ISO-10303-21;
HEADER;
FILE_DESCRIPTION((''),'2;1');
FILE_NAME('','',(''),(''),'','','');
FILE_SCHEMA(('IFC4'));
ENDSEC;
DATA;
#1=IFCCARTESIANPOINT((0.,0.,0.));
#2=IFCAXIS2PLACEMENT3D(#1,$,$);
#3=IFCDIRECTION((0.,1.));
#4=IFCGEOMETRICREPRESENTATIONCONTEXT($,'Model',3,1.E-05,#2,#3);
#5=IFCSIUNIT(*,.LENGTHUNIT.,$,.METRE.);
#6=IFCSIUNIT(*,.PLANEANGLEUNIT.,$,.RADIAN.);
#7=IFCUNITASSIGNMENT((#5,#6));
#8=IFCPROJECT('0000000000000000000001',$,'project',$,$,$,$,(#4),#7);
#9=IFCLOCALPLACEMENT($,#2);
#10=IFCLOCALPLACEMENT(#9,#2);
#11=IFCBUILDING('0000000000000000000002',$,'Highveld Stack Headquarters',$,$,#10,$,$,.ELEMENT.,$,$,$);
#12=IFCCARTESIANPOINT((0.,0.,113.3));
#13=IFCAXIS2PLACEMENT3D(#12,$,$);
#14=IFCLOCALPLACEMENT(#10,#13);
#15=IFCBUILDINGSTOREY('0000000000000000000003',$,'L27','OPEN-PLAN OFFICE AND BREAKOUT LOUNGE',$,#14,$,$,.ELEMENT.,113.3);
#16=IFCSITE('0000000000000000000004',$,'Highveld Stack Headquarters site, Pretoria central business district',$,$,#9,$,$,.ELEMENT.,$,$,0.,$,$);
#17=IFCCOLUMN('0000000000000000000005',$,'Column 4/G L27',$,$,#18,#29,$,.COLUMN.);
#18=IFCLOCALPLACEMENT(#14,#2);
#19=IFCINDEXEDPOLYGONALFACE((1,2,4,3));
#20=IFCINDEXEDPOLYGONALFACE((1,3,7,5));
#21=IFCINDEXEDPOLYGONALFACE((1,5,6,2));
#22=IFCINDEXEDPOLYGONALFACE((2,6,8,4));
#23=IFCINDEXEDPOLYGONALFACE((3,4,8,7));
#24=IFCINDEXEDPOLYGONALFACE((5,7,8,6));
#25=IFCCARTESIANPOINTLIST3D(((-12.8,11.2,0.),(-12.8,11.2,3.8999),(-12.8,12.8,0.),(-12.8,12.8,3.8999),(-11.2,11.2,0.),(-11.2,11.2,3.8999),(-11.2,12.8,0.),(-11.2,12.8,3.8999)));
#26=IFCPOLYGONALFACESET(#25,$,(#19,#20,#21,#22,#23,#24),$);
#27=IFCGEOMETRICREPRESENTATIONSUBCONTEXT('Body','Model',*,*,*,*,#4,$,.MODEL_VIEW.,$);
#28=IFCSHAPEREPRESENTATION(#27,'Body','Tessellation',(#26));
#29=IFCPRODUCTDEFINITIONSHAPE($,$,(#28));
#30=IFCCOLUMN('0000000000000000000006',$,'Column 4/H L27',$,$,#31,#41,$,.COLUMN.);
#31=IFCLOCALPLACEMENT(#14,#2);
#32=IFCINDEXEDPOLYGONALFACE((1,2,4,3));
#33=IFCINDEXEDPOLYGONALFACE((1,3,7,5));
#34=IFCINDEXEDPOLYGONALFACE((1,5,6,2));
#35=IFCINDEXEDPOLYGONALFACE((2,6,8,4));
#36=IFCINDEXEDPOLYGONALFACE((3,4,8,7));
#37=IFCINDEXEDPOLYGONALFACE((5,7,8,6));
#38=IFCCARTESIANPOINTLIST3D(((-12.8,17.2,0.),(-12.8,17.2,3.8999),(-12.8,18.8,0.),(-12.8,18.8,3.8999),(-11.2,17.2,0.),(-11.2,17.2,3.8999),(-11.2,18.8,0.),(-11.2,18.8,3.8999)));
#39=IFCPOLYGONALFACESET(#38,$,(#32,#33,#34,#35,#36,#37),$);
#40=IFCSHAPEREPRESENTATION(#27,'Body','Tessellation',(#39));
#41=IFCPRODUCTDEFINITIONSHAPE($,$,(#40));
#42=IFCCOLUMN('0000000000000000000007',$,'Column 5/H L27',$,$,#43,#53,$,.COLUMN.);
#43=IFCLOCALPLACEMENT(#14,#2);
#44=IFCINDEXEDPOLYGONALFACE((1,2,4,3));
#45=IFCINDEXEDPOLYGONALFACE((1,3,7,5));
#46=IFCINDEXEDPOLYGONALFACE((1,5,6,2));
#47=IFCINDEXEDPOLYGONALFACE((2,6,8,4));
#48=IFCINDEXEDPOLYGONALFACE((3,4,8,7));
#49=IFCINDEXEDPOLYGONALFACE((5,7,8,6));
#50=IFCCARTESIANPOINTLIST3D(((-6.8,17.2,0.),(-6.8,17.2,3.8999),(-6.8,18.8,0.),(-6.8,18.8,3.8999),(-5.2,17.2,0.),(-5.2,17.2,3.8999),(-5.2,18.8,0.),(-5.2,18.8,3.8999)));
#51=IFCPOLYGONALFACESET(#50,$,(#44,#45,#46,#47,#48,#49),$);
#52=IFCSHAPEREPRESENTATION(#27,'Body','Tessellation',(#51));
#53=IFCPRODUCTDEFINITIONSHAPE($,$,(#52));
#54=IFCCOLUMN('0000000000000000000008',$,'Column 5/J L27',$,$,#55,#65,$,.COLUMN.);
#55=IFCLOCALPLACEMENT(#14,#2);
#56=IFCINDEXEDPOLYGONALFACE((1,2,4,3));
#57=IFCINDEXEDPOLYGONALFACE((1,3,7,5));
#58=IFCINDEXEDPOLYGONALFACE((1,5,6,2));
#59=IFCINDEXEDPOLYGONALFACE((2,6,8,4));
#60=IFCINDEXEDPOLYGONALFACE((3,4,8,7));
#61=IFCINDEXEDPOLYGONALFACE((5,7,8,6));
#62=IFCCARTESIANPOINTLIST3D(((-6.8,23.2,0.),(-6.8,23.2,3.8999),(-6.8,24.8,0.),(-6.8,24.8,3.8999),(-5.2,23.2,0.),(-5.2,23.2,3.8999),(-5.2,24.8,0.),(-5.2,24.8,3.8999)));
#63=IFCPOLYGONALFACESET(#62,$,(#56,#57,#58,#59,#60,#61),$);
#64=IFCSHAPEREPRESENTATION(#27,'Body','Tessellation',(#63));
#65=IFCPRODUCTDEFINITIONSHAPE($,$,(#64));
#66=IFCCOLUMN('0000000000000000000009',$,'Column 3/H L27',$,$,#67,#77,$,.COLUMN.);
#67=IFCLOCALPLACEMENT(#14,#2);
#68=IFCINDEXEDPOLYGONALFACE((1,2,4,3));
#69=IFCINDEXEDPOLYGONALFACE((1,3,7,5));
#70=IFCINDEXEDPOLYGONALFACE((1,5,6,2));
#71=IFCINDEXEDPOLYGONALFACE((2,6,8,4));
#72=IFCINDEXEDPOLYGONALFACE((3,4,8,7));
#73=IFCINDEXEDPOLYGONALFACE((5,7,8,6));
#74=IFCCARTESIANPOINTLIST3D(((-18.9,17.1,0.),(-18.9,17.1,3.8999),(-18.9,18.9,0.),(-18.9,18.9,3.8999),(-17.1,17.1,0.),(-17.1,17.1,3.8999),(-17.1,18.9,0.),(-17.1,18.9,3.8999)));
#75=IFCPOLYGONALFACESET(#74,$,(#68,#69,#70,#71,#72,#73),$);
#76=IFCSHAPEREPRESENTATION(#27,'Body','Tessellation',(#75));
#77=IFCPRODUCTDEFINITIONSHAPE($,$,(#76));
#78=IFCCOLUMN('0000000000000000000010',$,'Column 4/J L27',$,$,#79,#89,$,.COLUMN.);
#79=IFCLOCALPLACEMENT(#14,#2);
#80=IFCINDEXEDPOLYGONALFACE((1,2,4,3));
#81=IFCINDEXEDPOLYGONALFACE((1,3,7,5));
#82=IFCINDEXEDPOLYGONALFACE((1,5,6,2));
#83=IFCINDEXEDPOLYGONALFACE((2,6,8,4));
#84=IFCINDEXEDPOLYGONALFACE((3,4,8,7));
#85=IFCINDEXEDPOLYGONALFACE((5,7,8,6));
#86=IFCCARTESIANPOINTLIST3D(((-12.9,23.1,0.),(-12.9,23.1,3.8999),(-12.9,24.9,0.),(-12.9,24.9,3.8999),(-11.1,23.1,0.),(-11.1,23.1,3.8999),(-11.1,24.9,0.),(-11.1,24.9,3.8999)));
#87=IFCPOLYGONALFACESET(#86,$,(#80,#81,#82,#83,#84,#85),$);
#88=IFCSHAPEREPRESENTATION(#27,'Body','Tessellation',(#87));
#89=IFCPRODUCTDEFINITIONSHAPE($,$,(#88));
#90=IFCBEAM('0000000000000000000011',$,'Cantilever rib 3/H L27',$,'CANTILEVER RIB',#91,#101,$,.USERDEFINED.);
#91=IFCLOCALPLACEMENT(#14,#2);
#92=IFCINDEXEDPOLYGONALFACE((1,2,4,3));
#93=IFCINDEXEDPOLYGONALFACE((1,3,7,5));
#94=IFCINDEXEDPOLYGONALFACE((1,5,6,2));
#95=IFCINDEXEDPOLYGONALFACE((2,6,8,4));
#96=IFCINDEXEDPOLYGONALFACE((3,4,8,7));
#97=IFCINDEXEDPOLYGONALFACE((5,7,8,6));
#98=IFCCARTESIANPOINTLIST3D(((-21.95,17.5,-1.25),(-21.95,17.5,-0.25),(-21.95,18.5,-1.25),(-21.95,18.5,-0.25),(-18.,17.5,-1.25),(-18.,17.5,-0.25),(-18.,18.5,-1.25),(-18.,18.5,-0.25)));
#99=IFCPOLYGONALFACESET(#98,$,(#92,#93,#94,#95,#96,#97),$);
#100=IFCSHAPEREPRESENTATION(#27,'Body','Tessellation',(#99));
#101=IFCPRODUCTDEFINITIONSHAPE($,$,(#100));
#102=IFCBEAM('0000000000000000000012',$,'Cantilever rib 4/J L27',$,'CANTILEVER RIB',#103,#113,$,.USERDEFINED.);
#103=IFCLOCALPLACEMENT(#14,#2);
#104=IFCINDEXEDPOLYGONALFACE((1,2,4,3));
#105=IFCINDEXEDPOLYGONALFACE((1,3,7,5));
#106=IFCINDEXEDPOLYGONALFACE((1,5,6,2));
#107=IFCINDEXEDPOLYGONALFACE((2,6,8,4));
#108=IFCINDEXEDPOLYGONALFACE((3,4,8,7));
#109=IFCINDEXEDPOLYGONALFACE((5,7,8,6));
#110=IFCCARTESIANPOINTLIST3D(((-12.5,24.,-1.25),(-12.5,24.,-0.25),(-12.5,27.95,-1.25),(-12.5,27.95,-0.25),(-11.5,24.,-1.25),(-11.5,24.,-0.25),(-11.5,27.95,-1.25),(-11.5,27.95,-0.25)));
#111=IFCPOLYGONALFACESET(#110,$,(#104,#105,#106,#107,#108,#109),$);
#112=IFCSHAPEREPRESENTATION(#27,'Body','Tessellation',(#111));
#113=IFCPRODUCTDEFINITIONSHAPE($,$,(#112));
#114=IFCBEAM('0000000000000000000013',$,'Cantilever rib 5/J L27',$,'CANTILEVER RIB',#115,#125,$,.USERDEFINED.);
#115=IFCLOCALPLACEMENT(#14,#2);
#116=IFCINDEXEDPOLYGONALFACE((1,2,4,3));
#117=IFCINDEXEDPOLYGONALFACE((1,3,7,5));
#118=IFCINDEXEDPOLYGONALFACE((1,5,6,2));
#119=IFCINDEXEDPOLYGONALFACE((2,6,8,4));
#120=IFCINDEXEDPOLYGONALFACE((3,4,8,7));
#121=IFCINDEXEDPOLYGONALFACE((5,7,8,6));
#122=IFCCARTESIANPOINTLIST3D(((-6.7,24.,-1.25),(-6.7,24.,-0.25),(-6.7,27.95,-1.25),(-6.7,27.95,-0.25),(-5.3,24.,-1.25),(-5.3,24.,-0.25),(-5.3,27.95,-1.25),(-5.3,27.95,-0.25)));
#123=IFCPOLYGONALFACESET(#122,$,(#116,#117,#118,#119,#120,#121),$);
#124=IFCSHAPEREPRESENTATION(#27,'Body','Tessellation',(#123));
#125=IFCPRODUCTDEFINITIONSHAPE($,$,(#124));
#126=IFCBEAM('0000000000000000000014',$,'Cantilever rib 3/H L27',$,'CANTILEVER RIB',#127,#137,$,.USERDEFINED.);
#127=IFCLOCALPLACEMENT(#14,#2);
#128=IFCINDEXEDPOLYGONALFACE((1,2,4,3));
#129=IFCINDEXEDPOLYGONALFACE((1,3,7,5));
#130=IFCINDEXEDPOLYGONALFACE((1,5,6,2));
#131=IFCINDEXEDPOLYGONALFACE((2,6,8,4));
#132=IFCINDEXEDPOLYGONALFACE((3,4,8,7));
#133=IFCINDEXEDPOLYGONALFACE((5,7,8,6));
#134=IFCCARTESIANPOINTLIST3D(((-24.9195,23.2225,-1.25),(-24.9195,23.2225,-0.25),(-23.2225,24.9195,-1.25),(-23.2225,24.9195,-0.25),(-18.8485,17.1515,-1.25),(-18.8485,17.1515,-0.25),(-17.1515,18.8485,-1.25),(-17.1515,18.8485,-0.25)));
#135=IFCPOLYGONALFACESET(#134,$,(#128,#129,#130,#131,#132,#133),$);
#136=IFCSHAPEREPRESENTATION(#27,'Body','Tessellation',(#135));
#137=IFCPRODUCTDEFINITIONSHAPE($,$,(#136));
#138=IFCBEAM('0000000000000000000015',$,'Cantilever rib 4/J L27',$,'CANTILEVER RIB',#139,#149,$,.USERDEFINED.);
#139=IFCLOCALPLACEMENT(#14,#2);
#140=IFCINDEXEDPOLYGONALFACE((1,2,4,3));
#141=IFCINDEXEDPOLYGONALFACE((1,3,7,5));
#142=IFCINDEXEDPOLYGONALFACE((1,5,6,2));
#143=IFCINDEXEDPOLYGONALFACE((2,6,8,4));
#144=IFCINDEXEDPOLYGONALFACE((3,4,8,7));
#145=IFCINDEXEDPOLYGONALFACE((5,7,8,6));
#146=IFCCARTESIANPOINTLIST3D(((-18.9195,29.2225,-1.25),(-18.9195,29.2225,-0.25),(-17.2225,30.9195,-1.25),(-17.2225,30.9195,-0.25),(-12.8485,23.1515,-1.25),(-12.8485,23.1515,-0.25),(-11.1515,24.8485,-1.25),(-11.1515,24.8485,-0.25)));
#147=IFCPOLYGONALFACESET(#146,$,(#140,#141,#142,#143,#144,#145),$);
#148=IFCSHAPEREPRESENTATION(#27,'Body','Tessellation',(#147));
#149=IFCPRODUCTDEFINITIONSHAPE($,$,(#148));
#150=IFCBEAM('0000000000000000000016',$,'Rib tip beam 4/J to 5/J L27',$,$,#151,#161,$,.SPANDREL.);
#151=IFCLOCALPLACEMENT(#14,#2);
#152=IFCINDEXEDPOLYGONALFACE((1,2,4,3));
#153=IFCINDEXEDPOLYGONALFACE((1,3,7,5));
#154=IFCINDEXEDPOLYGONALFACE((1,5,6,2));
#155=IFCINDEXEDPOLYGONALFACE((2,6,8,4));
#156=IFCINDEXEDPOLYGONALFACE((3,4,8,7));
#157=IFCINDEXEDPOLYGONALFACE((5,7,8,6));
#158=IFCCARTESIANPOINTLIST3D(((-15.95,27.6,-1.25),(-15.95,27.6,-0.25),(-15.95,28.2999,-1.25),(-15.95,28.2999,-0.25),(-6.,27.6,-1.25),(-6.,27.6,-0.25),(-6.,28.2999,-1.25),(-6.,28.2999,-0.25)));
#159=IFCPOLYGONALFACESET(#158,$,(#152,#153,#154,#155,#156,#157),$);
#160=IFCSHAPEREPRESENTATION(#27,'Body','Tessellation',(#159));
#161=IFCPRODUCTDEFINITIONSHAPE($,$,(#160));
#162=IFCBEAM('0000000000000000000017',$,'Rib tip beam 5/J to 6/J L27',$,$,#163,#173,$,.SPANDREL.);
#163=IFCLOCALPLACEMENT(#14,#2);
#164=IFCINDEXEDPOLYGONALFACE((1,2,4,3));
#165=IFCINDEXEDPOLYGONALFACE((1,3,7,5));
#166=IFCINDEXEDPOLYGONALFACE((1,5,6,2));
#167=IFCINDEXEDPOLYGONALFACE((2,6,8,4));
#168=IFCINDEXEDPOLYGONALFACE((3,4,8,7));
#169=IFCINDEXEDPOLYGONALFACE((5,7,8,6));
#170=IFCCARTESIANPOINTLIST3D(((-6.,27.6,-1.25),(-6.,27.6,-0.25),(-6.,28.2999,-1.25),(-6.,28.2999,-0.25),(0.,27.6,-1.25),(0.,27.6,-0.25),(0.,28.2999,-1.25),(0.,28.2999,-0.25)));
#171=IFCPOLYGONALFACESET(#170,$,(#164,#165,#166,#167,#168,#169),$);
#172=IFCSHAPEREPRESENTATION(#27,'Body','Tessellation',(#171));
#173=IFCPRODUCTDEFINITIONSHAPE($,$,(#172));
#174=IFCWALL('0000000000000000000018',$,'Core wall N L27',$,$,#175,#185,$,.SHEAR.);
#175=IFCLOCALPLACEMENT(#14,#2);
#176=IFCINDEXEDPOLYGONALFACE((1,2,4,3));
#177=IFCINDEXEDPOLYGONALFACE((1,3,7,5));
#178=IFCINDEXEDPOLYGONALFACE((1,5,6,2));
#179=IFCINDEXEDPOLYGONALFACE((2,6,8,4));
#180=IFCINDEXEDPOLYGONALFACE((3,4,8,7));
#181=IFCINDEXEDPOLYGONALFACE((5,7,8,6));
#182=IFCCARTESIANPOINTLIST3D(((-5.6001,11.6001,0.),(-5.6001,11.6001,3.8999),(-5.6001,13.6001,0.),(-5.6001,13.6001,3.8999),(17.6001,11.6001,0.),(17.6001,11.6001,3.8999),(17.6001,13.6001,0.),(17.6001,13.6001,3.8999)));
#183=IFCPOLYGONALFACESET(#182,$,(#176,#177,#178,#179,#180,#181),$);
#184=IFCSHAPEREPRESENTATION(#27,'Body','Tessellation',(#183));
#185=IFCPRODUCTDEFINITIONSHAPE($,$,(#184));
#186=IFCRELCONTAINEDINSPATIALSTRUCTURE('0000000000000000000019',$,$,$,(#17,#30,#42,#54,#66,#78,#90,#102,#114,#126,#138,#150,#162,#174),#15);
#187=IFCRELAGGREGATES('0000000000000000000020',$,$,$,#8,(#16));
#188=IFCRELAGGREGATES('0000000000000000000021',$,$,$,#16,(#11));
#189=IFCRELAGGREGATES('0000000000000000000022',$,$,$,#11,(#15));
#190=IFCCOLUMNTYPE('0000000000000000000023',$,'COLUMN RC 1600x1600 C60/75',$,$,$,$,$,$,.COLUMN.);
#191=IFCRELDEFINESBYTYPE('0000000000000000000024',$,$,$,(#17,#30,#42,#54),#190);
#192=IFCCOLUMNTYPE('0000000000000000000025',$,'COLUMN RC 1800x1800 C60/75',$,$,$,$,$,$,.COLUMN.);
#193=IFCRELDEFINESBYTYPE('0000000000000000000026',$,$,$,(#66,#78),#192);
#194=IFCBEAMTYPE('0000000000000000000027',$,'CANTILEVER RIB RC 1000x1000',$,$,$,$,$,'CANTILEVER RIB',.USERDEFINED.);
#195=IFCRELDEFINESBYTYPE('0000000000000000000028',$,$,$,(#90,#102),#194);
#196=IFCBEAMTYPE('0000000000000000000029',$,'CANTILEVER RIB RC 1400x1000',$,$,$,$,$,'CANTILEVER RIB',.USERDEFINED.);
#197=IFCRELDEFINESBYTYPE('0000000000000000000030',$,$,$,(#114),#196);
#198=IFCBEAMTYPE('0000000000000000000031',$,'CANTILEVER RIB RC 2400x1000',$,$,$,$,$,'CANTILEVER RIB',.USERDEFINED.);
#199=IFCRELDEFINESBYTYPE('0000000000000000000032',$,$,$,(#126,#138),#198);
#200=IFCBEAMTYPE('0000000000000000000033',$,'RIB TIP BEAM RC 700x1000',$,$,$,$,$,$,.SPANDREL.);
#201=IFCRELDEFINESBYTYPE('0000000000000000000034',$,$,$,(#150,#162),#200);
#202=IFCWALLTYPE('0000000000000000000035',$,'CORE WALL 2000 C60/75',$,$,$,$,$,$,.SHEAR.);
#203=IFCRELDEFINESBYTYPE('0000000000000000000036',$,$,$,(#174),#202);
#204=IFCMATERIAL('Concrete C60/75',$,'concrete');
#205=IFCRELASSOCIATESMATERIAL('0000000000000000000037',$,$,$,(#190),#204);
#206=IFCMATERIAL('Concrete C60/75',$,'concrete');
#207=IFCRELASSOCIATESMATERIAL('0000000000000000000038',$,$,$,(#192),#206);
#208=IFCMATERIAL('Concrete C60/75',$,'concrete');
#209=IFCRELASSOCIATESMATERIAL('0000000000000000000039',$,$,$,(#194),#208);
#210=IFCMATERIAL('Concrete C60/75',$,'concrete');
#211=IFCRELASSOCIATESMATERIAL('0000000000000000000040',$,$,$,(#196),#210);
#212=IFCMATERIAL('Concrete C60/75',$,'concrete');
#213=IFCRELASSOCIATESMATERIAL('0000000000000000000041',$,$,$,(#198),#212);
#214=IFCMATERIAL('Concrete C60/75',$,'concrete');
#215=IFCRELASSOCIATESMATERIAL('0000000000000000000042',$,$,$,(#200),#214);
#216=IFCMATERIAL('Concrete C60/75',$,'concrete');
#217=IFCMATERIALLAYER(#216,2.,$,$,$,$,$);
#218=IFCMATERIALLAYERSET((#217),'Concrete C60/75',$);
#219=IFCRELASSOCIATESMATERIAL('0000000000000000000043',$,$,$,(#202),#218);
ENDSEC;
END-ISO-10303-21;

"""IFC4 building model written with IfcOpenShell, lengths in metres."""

from ifc_helpers import new_model, si_unit, direction, frame, frame_2d, origin, origin_2d, place, context, subcontext, project, spatial, rectangle, extrude, material, layer, layer_set, material_profile, profile_set, type_object, element, save


model = new_model("IFC4")

# Units and contexts
model_context = context("Model", 3, precision=1e-05, world=origin(), true_north=direction((0.0, 1.0)))
body_context = subcontext(model_context, "Body", "Model", "MODEL_VIEW")
ifc_project = project(units=[si_unit("LENGTHUNIT", "METRE"), si_unit("PLANEANGLEUNIT", "RADIAN")], contexts=[model_context])

# Site, building, storey
site_placement = place(None, origin())
site = spatial("IfcSite", under=ifc_project, at=site_placement, Name="Highveld Stack Headquarters site, Pretoria central business district", CompositionType="ELEMENT", RefElevation=0.0)
building_placement = place(site_placement, origin())
building = spatial("IfcBuilding", under=site, at=building_placement, Name="Highveld Stack Headquarters", CompositionType="ELEMENT")
storey_placement = place(building_placement, frame((0.0, 0.0, 113.3)))
storey = spatial("IfcBuildingStorey", under=building, at=storey_placement, Name="L27", Description="OPEN-PLAN OFFICE AND BREAKOUT LOUNGE", CompositionType="ELEMENT", Elevation=113.3)

# Columns
ifc_material_1 = material(Name="Concrete C60/75", Category="concrete")
ifc_material_profile_1 = material_profile(ifc_material_1, rectangle(XDim=1.6001, YDim=1.6001, at=origin_2d()), Name="RC 1600x1600")
ifc_profile_set_1 = profile_set([ifc_material_profile_1], Name="Concrete C60/75")
column_type_1 = type_object("IfcColumnType", Name="COLUMN RC 1600x1600 C60/75", PredefinedType="COLUMN", material=ifc_profile_set_1)
for number, where, z_axis, x_axis, name in (
    (1, (-12.0, 12.0, 0.0), (0.0, 0.0, 1.0), (1.0, 0.0, 0.0), "Column 4/G L27"),
    (2, (-12.0, 18.0, 0.0), (0.0, 0.0, 1.0), (1.0, 0.0, 0.0), "Column 4/H L27"),
    (3, (-6.0, 18.0, 0.0), (0.0, 0.0, 1.0), (1.0, 0.0, 0.0), "Column 5/H L27"),
    (4, (-6.0, 24.0, 0.0), (0.0, 0.0, 1.0), (1.0, 0.0, 0.0), "Column 5/J L27"),
):
    element("IfcColumn", number, at=place(storey_placement, frame(where, z_axis=z_axis, x_axis=x_axis)), inside=storey, type_object=column_type_1, Name=name, PredefinedType="COLUMN", context=body_context, shape_type="SweptSolid", body=[
        extrude(rectangle(XDim=1.6001, YDim=1.6001, at=origin_2d()), origin(), (0.0, 0.0, 1.0), 3.8999),
    ])
ifc_material_2 = material(Name="Concrete C60/75", Category="concrete")
ifc_material_profile_2 = material_profile(ifc_material_2, rectangle(XDim=1.8, YDim=1.8, at=origin_2d()), Name="RC 1800x1800")
ifc_profile_set_2 = profile_set([ifc_material_profile_2], Name="Concrete C60/75")
column_type_2 = type_object("IfcColumnType", Name="COLUMN RC 1800x1800 C60/75", PredefinedType="COLUMN", material=ifc_profile_set_2)
for number, where, z_axis, x_axis, name in (
    (5, (-18.0, 18.0, 0.0), (0.0, 0.0, 1.0), (1.0, 0.0, 0.0), "Column 3/H L27"),
    (6, (-12.0, 24.0, 0.0), (0.0, 0.0, 1.0), (1.0, 0.0, 0.0), "Column 4/J L27"),
):
    element("IfcColumn", number, at=place(storey_placement, frame(where, z_axis=z_axis, x_axis=x_axis)), inside=storey, type_object=column_type_2, Name=name, PredefinedType="COLUMN", context=body_context, shape_type="SweptSolid", body=[
        extrude(rectangle(XDim=1.8, YDim=1.8, at=origin_2d()), origin(), (0.0, 0.0, 1.0), 3.8999),
    ])

# Beams
ifc_material_3 = material(Name="Concrete C60/75", Category="concrete")
ifc_material_profile_3 = material_profile(ifc_material_3, rectangle(XDim=1.0, YDim=1.0, at=origin_2d()), Name="RC 1000x1000")
ifc_profile_set_3 = profile_set([ifc_material_profile_3], Name="Concrete C60/75")
beam_type_1 = type_object("IfcBeamType", Name="CANTILEVER RIB RC 1000x1000", ElementType="CANTILEVER RIB", PredefinedType="USERDEFINED", material=ifc_profile_set_3)
for number, where, z_axis, x_axis, name in (
    (7, (-18.0, 18.0, -0.75), (-1.0, 0.0, 0.0), (0.0, -1.0, 0.0), "Cantilever rib 3/H L27"),
    (8, (-12.0, 24.0, -0.75), (0.0, 1.0, 0.0), (-1.0, 0.0, 0.0), "Cantilever rib 4/J L27"),
):
    element("IfcBeam", number, at=place(storey_placement, frame(where, z_axis=z_axis, x_axis=x_axis)), inside=storey, type_object=beam_type_1, Name=name, ObjectType="CANTILEVER RIB", PredefinedType="USERDEFINED", context=body_context, shape_type="SweptSolid", body=[
        extrude(rectangle(XDim=1.0, YDim=1.0, at=origin_2d()), origin(), (0.0, 0.0, 1.0), 3.95),
    ])
ifc_material_4 = material(Name="Concrete C60/75", Category="concrete")
ifc_material_profile_4 = material_profile(ifc_material_4, rectangle(XDim=1.3999, YDim=1.0, at=origin_2d()), Name="RC 1400x1000")
ifc_profile_set_4 = profile_set([ifc_material_profile_4], Name="Concrete C60/75")
beam_type_2 = type_object("IfcBeamType", Name="CANTILEVER RIB RC 1400x1000", ElementType="CANTILEVER RIB", PredefinedType="USERDEFINED", material=ifc_profile_set_4)
beam_1_placement = place(storey_placement, frame((-6.0, 24.0, -0.75), z_axis=(0.0, 1.0, 0.0), x_axis=(-1.0, 0.0, 0.0)))
element("IfcBeam", 9, at=beam_1_placement, inside=storey, type_object=beam_type_2, Name="Cantilever rib 5/J L27", ObjectType="CANTILEVER RIB", PredefinedType="USERDEFINED", context=body_context, shape_type="SweptSolid", body=[
    extrude(rectangle(XDim=1.3999, YDim=1.0, at=origin_2d()), origin(), (0.0, 0.0, 1.0), 3.95),
])
ifc_material_5 = material(Name="Concrete C60/75", Category="concrete")
ifc_material_profile_5 = material_profile(ifc_material_5, rectangle(XDim=2.3999, YDim=1.0, at=origin_2d()), Name="RC 2400x1000")
ifc_profile_set_5 = profile_set([ifc_material_profile_5], Name="Concrete C60/75")
beam_type_3 = type_object("IfcBeamType", Name="CANTILEVER RIB RC 2400x1000", ElementType="CANTILEVER RIB", PredefinedType="USERDEFINED", material=ifc_profile_set_5)
for number, where, z_axis, x_axis, name in (
    (10, (-18.0, 18.0, -0.75), (-0.707107, 0.707107, 0.0), (-0.707107, -0.707107, 0.0), "Cantilever rib 3/H L27"),
    (11, (-12.0, 24.0, -0.75), (-0.707107, 0.707107, 0.0), (-0.707107, -0.707107, 0.0), "Cantilever rib 4/J L27"),
):
    element("IfcBeam", number, at=place(storey_placement, frame(where, z_axis=z_axis, x_axis=x_axis)), inside=storey, type_object=beam_type_3, Name=name, ObjectType="CANTILEVER RIB", PredefinedType="USERDEFINED", context=body_context, shape_type="SweptSolid", body=[
        extrude(rectangle(XDim=2.3999, YDim=1.0, at=origin_2d()), origin(), (0.0, 0.0, 1.0), 8.5857),
    ])
ifc_material_6 = material(Name="Concrete C60/75", Category="concrete")
ifc_material_profile_6 = material_profile(ifc_material_6, rectangle(XDim=0.7, YDim=1.0, at=origin_2d()), Name="RC 700x1000")
ifc_profile_set_6 = profile_set([ifc_material_profile_6], Name="Concrete C60/75")
beam_type_4 = type_object("IfcBeamType", Name="RIB TIP BEAM RC 700x1000", PredefinedType="SPANDREL", material=ifc_profile_set_6)
beam_2_placement = place(storey_placement, frame((-15.95, 27.95, -0.75), z_axis=(1.0, 0.0, 0.0), x_axis=(0.0, 1.0, 0.0)))
element("IfcBeam", 12, at=beam_2_placement, inside=storey, type_object=beam_type_4, Name="Rib tip beam 4/J to 5/J L27", PredefinedType="SPANDREL", context=body_context, shape_type="SweptSolid", body=[
    extrude(rectangle(XDim=0.7, YDim=1.0, at=origin_2d()), origin(), (0.0, 0.0, 1.0), 9.95),
])
beam_3_placement = place(storey_placement, frame((-6.0, 27.95, -0.75), z_axis=(1.0, 0.0, 0.0), x_axis=(0.0, 1.0, 0.0)))
element("IfcBeam", 13, at=beam_3_placement, inside=storey, type_object=beam_type_4, Name="Rib tip beam 5/J to 6/J L27", PredefinedType="SPANDREL", context=body_context, shape_type="SweptSolid", body=[
    extrude(rectangle(XDim=0.7, YDim=1.0, at=origin_2d()), origin(), (0.0, 0.0, 1.0), 6.0),
])

# Wall
ifc_material_7 = material(Name="Concrete C60/75", Category="concrete")
ifc_layer_1 = layer(ifc_material_7, 2.0)
ifc_layer_set_1 = layer_set([ifc_layer_1], Name="Concrete C60/75")
wall_type_1 = type_object("IfcWallType", Name="CORE WALL 2000 C60/75", PredefinedType="SHEAR", material=ifc_layer_set_1)
wall_1_placement = place(storey_placement, frame((-5.6001, 12.6001, 0.0), z_axis=(0.0, 0.0, 1.0), x_axis=(1.0, 0.0, 0.0)))
element("IfcWall", 14, at=wall_1_placement, inside=storey, type_object=wall_type_1, Name="Core wall N L27", PredefinedType="SHEAR", context=body_context, shape_type="SweptSolid", body=[
    extrude(rectangle(XDim=23.2002, YDim=2.0, at=frame_2d((11.6001, 0.0))), origin(), (0.0, 0.0, 1.0), 3.8999),
])

save(model, "model.ifc")
